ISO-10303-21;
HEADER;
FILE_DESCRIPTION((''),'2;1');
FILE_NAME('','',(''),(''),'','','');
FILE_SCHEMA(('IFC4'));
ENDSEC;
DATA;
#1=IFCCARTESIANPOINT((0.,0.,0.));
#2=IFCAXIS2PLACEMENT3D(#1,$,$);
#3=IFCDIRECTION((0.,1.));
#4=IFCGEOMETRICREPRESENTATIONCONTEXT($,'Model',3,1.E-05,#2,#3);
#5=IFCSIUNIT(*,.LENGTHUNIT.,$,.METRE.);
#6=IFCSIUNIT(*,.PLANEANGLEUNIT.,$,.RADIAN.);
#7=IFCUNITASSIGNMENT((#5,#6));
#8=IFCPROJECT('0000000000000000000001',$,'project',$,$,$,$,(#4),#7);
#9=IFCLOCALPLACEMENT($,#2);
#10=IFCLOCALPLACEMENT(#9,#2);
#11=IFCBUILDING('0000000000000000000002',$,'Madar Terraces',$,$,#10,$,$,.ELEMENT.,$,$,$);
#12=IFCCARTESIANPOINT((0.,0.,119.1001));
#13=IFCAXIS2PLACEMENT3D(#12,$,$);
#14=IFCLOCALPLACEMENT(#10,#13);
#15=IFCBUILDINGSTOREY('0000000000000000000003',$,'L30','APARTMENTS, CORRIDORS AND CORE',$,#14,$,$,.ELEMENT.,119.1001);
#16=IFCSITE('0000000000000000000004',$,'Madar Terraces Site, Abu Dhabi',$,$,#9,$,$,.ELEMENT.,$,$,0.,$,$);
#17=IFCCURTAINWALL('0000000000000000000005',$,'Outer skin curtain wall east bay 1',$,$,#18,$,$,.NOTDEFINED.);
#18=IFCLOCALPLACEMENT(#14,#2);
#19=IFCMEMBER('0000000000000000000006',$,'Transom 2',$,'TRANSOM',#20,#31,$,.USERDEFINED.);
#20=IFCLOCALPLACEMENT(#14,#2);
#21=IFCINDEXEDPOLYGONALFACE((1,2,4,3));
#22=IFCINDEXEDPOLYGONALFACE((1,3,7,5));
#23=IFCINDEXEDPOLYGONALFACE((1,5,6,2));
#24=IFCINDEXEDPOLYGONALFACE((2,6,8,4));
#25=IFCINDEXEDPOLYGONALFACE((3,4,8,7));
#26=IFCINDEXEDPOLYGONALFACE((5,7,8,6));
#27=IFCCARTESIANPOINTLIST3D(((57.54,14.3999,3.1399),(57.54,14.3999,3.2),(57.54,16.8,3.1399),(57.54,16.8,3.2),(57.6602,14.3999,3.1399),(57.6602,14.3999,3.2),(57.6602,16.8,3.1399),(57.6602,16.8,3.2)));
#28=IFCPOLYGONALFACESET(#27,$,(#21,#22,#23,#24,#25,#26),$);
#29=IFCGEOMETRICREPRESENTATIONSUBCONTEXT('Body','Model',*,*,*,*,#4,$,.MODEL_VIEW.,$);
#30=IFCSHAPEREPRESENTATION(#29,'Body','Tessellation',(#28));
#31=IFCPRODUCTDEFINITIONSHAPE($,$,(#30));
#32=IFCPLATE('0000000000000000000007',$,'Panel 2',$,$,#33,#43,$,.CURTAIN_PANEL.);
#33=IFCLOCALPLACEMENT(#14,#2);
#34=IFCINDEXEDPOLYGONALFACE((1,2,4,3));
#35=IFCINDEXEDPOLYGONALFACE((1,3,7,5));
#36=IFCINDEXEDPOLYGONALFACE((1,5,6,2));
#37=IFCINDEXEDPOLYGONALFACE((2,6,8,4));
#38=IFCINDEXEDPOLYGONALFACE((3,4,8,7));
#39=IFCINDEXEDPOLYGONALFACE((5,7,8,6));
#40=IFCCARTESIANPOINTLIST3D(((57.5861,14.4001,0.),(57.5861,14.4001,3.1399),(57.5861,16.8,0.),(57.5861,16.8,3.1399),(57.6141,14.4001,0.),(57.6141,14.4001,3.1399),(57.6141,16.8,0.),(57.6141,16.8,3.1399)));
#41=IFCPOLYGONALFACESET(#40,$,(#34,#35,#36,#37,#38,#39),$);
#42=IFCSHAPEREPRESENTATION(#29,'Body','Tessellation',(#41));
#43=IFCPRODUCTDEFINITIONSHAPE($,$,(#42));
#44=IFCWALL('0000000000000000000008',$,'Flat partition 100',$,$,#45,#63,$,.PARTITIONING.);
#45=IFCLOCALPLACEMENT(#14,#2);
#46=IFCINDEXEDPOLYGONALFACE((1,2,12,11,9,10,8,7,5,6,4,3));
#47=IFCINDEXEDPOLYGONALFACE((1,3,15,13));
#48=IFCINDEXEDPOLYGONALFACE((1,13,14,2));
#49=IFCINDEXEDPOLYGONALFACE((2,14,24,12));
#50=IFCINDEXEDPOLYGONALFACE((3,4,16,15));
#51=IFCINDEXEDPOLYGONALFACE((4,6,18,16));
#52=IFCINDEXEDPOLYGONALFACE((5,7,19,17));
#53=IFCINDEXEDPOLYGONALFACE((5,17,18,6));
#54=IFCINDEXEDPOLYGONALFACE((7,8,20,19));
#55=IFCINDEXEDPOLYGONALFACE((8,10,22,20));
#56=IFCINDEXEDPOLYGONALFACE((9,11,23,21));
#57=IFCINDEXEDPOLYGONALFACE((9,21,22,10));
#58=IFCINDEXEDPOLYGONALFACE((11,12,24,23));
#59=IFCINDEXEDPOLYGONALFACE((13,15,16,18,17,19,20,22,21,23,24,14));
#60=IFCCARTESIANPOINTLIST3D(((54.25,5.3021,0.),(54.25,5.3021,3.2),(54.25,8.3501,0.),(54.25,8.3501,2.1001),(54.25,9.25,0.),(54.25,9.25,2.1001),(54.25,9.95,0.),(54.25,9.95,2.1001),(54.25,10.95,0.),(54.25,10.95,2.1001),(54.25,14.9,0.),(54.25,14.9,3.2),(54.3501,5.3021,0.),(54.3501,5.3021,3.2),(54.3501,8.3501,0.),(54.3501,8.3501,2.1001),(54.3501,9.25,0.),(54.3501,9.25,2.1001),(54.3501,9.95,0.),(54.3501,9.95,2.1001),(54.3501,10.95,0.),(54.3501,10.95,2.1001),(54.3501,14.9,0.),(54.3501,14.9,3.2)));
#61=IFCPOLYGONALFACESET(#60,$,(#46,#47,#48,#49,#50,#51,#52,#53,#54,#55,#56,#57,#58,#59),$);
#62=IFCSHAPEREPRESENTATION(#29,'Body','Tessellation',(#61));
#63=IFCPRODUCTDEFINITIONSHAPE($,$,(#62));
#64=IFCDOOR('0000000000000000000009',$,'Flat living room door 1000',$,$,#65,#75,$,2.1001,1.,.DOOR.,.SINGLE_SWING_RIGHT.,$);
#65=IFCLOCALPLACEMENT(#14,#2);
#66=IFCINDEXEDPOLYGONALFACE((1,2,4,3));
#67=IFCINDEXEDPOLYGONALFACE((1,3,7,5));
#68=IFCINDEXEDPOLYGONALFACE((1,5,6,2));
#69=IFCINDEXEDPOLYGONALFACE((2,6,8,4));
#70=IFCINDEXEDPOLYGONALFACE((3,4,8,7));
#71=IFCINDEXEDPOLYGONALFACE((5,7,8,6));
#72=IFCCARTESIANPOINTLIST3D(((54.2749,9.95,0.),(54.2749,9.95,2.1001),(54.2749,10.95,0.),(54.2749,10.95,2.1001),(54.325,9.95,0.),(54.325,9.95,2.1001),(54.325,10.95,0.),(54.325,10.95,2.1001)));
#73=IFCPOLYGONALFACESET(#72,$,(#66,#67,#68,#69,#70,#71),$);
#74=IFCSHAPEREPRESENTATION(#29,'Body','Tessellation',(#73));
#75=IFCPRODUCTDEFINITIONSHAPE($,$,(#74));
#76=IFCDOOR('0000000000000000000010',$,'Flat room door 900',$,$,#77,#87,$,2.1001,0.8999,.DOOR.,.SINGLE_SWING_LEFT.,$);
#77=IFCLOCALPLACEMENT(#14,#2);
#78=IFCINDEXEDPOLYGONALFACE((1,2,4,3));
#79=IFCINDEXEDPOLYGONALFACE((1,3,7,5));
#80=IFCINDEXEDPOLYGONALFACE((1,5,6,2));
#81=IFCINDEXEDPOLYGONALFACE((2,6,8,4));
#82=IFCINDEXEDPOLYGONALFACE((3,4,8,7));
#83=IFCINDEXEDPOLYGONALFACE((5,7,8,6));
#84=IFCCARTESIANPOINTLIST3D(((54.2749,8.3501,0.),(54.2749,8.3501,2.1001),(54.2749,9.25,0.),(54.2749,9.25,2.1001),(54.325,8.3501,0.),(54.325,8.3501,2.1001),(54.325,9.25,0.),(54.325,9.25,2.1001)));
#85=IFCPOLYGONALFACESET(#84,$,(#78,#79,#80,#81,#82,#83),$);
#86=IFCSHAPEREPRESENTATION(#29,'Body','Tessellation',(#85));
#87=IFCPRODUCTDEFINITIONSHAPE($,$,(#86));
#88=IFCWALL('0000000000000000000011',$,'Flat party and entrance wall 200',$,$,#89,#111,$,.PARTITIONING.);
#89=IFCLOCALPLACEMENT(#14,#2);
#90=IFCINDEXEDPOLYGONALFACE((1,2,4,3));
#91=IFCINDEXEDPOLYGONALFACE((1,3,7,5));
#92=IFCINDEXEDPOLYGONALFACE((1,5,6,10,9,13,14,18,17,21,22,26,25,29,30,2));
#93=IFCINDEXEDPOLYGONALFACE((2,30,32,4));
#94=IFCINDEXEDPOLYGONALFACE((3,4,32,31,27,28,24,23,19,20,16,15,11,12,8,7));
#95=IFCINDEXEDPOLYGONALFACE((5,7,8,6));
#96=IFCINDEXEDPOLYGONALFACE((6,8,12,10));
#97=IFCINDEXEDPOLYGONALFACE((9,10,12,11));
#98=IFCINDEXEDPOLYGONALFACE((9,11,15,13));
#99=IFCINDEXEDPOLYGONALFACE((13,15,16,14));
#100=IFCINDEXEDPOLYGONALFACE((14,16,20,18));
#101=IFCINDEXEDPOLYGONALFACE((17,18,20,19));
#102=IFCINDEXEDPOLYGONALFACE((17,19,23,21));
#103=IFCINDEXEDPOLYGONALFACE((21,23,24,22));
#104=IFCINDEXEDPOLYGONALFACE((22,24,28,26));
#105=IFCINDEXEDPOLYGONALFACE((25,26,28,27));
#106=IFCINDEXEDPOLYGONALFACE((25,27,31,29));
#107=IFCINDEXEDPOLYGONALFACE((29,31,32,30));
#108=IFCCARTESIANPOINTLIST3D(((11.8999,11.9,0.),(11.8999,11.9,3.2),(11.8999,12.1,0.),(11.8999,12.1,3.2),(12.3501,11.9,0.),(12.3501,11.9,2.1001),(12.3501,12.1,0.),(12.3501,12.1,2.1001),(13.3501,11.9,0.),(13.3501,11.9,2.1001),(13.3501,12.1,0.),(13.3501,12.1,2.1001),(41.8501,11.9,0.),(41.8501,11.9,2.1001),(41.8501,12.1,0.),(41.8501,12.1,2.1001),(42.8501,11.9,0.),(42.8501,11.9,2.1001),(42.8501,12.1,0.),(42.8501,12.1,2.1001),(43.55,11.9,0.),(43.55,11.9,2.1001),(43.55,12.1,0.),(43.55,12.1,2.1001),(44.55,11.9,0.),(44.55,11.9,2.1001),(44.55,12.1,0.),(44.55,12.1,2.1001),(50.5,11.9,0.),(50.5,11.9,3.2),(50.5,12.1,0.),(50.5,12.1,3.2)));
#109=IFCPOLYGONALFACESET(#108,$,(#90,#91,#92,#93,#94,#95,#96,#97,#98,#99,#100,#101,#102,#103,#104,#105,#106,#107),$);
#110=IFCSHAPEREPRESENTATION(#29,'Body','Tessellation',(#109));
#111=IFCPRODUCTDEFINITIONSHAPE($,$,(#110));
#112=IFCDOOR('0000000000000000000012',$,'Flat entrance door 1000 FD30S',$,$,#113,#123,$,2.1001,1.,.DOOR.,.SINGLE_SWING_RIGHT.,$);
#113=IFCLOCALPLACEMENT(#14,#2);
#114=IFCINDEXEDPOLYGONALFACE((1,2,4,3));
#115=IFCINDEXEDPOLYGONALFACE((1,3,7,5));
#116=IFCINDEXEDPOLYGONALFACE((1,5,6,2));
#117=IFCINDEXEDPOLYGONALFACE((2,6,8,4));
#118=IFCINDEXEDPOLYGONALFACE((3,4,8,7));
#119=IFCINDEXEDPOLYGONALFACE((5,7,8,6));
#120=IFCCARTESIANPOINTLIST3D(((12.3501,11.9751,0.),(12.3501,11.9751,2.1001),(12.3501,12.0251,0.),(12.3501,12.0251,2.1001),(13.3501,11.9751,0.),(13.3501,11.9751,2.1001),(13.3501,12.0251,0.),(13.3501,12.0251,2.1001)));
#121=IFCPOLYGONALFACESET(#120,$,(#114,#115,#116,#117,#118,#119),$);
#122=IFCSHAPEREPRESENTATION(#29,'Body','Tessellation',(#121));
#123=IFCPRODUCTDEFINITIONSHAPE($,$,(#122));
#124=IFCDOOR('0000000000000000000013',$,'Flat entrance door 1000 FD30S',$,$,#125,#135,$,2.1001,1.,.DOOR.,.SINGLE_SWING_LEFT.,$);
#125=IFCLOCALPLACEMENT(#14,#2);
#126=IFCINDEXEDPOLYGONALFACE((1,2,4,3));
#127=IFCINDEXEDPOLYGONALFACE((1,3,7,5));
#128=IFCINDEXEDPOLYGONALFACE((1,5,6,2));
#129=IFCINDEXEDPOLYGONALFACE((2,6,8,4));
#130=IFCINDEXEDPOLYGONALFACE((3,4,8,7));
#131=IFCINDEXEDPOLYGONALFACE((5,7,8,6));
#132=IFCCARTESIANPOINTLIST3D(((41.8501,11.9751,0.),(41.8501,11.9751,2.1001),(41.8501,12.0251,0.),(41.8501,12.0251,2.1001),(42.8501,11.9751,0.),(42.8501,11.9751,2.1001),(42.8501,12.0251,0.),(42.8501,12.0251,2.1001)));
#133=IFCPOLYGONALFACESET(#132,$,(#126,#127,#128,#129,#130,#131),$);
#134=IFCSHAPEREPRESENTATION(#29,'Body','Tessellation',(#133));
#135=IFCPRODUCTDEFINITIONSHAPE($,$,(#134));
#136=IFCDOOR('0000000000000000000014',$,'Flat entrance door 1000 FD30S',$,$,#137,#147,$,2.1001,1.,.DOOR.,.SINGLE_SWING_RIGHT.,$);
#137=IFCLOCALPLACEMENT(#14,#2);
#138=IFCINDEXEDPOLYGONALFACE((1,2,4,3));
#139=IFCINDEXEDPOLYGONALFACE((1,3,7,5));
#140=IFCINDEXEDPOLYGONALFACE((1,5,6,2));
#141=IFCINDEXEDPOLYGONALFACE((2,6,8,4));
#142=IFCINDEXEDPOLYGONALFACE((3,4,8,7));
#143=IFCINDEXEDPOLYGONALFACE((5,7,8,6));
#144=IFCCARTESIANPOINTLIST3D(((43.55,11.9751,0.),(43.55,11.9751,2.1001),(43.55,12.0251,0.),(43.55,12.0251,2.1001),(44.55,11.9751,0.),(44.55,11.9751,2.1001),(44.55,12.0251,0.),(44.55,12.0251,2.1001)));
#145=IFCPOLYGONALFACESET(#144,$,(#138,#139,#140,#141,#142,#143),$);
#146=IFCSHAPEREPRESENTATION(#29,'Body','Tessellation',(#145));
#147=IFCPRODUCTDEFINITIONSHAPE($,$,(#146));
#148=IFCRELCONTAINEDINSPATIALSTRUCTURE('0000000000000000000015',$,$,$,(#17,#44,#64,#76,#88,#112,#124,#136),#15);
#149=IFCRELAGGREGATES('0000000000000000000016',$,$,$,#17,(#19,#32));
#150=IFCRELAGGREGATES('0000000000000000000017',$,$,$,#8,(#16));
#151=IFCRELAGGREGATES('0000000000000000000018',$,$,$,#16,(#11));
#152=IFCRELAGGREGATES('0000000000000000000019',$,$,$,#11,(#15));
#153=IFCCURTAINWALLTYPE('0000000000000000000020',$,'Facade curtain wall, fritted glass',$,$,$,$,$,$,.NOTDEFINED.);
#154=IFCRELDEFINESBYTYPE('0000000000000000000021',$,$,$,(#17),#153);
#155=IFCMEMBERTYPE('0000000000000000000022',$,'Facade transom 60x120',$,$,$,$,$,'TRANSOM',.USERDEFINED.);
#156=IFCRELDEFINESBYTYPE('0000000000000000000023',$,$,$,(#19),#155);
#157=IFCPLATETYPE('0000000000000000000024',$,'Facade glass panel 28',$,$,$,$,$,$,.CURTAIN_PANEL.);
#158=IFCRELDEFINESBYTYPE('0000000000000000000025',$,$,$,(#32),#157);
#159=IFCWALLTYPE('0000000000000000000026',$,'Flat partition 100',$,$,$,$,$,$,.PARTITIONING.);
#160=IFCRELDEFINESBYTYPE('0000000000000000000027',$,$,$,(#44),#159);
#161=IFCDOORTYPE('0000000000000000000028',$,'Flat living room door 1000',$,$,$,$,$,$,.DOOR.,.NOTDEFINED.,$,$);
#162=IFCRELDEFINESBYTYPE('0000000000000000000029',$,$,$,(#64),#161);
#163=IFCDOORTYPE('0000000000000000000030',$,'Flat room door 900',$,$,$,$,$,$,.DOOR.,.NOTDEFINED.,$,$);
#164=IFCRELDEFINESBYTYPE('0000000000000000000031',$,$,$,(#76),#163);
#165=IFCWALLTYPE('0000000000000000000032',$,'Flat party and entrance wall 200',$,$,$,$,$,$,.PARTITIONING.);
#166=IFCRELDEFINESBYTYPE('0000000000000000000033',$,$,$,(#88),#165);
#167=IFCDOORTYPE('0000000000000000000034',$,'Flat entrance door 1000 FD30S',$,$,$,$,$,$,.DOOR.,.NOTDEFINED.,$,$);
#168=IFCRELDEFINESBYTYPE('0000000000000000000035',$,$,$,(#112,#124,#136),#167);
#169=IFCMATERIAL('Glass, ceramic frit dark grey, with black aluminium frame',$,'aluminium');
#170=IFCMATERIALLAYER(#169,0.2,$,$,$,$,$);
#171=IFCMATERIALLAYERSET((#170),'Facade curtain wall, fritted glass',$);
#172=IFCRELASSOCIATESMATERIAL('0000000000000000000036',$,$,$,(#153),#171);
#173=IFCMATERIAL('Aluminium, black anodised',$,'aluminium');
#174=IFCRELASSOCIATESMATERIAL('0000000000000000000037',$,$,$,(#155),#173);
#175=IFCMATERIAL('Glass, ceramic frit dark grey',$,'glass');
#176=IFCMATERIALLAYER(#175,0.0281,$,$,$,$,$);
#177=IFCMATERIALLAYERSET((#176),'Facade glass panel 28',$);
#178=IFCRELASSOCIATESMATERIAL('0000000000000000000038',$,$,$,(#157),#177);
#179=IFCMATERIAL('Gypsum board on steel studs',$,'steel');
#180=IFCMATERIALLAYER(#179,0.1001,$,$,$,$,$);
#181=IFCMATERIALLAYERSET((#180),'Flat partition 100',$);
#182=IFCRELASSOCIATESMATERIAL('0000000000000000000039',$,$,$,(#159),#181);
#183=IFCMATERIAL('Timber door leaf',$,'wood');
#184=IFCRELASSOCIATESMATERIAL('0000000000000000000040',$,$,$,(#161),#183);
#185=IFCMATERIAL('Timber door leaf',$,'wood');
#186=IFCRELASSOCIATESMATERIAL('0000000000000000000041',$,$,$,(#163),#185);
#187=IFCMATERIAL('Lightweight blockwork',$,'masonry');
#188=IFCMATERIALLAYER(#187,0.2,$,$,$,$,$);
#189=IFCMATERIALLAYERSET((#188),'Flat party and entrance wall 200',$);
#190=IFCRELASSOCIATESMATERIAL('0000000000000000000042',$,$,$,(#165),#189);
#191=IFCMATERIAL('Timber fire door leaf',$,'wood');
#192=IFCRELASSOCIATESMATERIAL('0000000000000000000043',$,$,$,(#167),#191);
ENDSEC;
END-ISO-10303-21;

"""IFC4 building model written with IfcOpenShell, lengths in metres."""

from ifc_helpers import new_model, si_unit, direction, frame, frame_2d, origin, origin_2d, place, context, subcontext, project, spatial, rectangle, extrude, material, layer, layer_set, material_profile, profile_set, type_object, element, fill, aggregate, save


model = new_model("IFC4")

# Units and contexts
model_context = context("Model", 3, precision=1e-05, world=origin(), true_north=direction((0.0, 1.0)))
body_context = subcontext(model_context, "Body", "Model", "MODEL_VIEW")
ifc_project = project(units=[si_unit("LENGTHUNIT", "METRE"), si_unit("PLANEANGLEUNIT", "RADIAN")], contexts=[model_context])

# Site, building, storey
site_placement = place(None, origin())
site = spatial("IfcSite", under=ifc_project, at=site_placement, Name="Madar Terraces Site, Abu Dhabi", CompositionType="ELEMENT", RefElevation=0.0)
building_placement = place(site_placement, origin())
building = spatial("IfcBuilding", under=site, at=building_placement, Name="Madar Terraces", CompositionType="ELEMENT")
storey_placement = place(building_placement, frame((0.0, 0.0, 119.1001)))
storey = spatial("IfcBuildingStorey", under=building, at=storey_placement, Name="L30", Description="APARTMENTS, CORRIDORS AND CORE", CompositionType="ELEMENT", Elevation=119.1001)

# Curtain wall, member, plate
ifc_material_1 = material(Name="Glass, ceramic frit dark grey, with black aluminium frame", Category="aluminium")
ifc_layer_1 = layer(ifc_material_1, 0.2)
ifc_layer_set_1 = layer_set([ifc_layer_1], Name="Facade curtain wall, fritted glass")
curtain_wall_type = type_object("IfcCurtainWallType", Name="Facade curtain wall, fritted glass", PredefinedType="NOTDEFINED", material=ifc_layer_set_1)
curtain_wall_placement = place(storey_placement, origin())
curtain_wall = element("IfcCurtainWall", 1, at=curtain_wall_placement, inside=storey, type_object=curtain_wall_type, Name="Outer skin curtain wall east bay 1", PredefinedType="NOTDEFINED")
ifc_material_2 = material(Name="Aluminium, black anodised", Category="aluminium")
ifc_material_profile = material_profile(ifc_material_2, rectangle(XDim=0.1201, YDim=0.0601, at=origin_2d()), Name="Facade transom 60x120")
ifc_profile_set = profile_set([ifc_material_profile], Name="Aluminium, black anodised")
member_type = type_object("IfcMemberType", Name="Facade transom 60x120", ElementType="TRANSOM", PredefinedType="USERDEFINED", material=ifc_profile_set)
member_placement = place(storey_placement, frame((57.6001, 14.3999, 3.1699), z_axis=(0.0, 1.0, 0.0), x_axis=(-1.0, 0.0, 0.0)))
member = element("IfcMember", 2, at=member_placement, type_object=member_type, Name="Transom 2", ObjectType="TRANSOM", PredefinedType="USERDEFINED", context=body_context, shape_type="SweptSolid", body=[
    extrude(rectangle(XDim=0.1201, YDim=0.0601, at=origin_2d()), origin(), (0.0, 0.0, 1.0), 2.4001),
])
ifc_material_3 = material(Name="Glass, ceramic frit dark grey", Category="glass")
ifc_layer_2 = layer(ifc_material_3, 0.0281)
ifc_layer_set_2 = layer_set([ifc_layer_2], Name="Facade glass panel 28")
plate_type = type_object("IfcPlateType", Name="Facade glass panel 28", PredefinedType="CURTAIN_PANEL", material=ifc_layer_set_2)
plate_placement = place(storey_placement, frame((57.6001, 15.6001, 0.0), z_axis=(0.0, 0.0, 1.0), x_axis=(0.0, 1.0, 0.0)))
plate = element("IfcPlate", 3, at=plate_placement, type_object=plate_type, Name="Panel 2", PredefinedType="CURTAIN_PANEL", context=body_context, shape_type="SweptSolid", body=[
    extrude(rectangle(XDim=2.3999, YDim=0.0281, at=origin_2d()), origin(), (0.0, 0.0, 1.0), 3.1399),
])
aggregate(curtain_wall, [member, plate])

# Walls, openings, doors
ifc_material_4 = material(Name="Gypsum board on steel studs", Category="steel")
ifc_layer_3 = layer(ifc_material_4, 0.1001)
ifc_layer_set_3 = layer_set([ifc_layer_3], Name="Flat partition 100")
wall_type_1 = type_object("IfcWallType", Name="Flat partition 100", PredefinedType="PARTITIONING", material=ifc_layer_set_3)
wall_1_placement = place(storey_placement, frame((54.3, 14.8999, 0.0), z_axis=(0.0, 0.0, 1.0), x_axis=(0.0, -1.0, 0.0)))
wall_1 = element("IfcWall", 4, at=wall_1_placement, inside=storey, type_object=wall_type_1, Name="Flat partition 100", PredefinedType="PARTITIONING", context=body_context, shape_type="SweptSolid", body=[
    extrude(rectangle(XDim=9.5979, YDim=0.1001, at=frame_2d((4.7988, 0.0))), origin(), (0.0, 0.0, 1.0), 3.2),
])
opening_1_placement = place(wall_1_placement, frame((3.95, 0.0, 0.0)))
opening_1 = element("IfcOpeningElement", 5, at=opening_1_placement, cuts=wall_1, PredefinedType="OPENING", context=body_context, shape_type="SweptSolid", body=[
    extrude(rectangle(XDim=1.0, YDim=2.1001, at=frame_2d((0.5, 1.05))), frame((0.0, 0.0601, 0.0), z_axis=(0.0, -1.0, 0.0), x_axis=(1.0, 0.0, 0.0)), (0.0, 0.0, 1.0), 0.1201),
])
opening_2_placement = place(wall_1_placement, frame((5.6499, 0.0, 0.0)))
opening_2 = element("IfcOpeningElement", 6, at=opening_2_placement, cuts=wall_1, PredefinedType="OPENING", context=body_context, shape_type="SweptSolid", body=[
    extrude(rectangle(XDim=0.8999, YDim=2.1001, at=frame_2d((0.45, 1.05))), frame((0.0, 0.0601, 0.0), z_axis=(0.0, -1.0, 0.0), x_axis=(1.0, 0.0, 0.0)), (0.0, 0.0, 1.0), 0.1201),
])
ifc_material_5 = material(Name="Timber door leaf", Category="wood")
door_type_1 = type_object("IfcDoorType", Name="Flat living room door 1000", OperationType="NOTDEFINED", PredefinedType="DOOR", material=ifc_material_5)
door_1_placement = place(opening_1_placement, origin())
door_1 = element("IfcDoor", 7, at=door_1_placement, inside=storey, type_object=door_type_1, Name="Flat living room door 1000", OperationType="SINGLE_SWING_RIGHT", OverallHeight=2.1001, OverallWidth=1.0, PredefinedType="DOOR", context=body_context, shape_type="SweptSolid", body=[
    extrude(rectangle(XDim=1.0, YDim=2.1001, at=frame_2d((0.5, 1.05))), frame((0.0, 0.0249, 0.0), z_axis=(0.0, -1.0, 0.0), x_axis=(1.0, 0.0, 0.0)), (0.0, 0.0, 1.0), 0.05),
])
fill(opening_1, door_1)
ifc_material_6 = material(Name="Timber door leaf", Category="wood")
door_type_2 = type_object("IfcDoorType", Name="Flat room door 900", OperationType="NOTDEFINED", PredefinedType="DOOR", material=ifc_material_6)
door_2_placement = place(opening_2_placement, origin())
door_2 = element("IfcDoor", 8, at=door_2_placement, inside=storey, type_object=door_type_2, Name="Flat room door 900", OperationType="SINGLE_SWING_LEFT", OverallHeight=2.1001, OverallWidth=0.8999, PredefinedType="DOOR", context=body_context, shape_type="SweptSolid", body=[
    extrude(rectangle(XDim=0.8999, YDim=2.1001, at=frame_2d((0.45, 1.05))), frame((0.0, 0.0249, 0.0), z_axis=(0.0, -1.0, 0.0), x_axis=(1.0, 0.0, 0.0)), (0.0, 0.0, 1.0), 0.05),
])
fill(opening_2, door_2)
ifc_material_7 = material(Name="Lightweight blockwork", Category="masonry")
ifc_layer_4 = layer(ifc_material_7, 0.2)
ifc_layer_set_4 = layer_set([ifc_layer_4], Name="Flat party and entrance wall 200")
wall_type_2 = type_object("IfcWallType", Name="Flat party and entrance wall 200", PredefinedType="PARTITIONING", material=ifc_layer_set_4)
wall_2_placement = place(storey_placement, frame((50.5, 12.0, 0.0), z_axis=(0.0, 0.0, 1.0), x_axis=(-1.0, 0.0, 0.0)))
wall_2 = element("IfcWall", 9, at=wall_2_placement, inside=storey, type_object=wall_type_2, Name="Flat party and entrance wall 200", PredefinedType="PARTITIONING", context=body_context, shape_type="SweptSolid", body=[
    extrude(rectangle(XDim=38.6001, YDim=0.2, at=frame_2d((19.3, 0.0))), origin(), (0.0, 0.0, 1.0), 3.2),
])
opening_3_placement = place(wall_2_placement, frame((37.1499, 0.0, 0.0)))
opening_3 = element("IfcOpeningElement", 10, at=opening_3_placement, cuts=wall_2, PredefinedType="OPENING", context=body_context, shape_type="SweptSolid", body=[
    extrude(rectangle(XDim=1.0, YDim=2.1001, at=frame_2d((0.5, 1.05))), frame((0.0, 0.1099, 0.0), z_axis=(0.0, -1.0, 0.0), x_axis=(1.0, 0.0, 0.0)), (0.0, 0.0, 1.0), 0.22),
])
opening_4_placement = place(wall_2_placement, frame((7.6499, 0.0, 0.0)))
opening_4 = element("IfcOpeningElement", 11, at=opening_4_placement, cuts=wall_2, PredefinedType="OPENING", context=body_context, shape_type="SweptSolid", body=[
    extrude(rectangle(XDim=1.0, YDim=2.1001, at=frame_2d((0.5, 1.05))), frame((0.0, 0.1099, 0.0), z_axis=(0.0, -1.0, 0.0), x_axis=(1.0, 0.0, 0.0)), (0.0, 0.0, 1.0), 0.22),
])
opening_5_placement = place(wall_2_placement, frame((5.95, 0.0, 0.0)))
opening_5 = element("IfcOpeningElement", 12, at=opening_5_placement, cuts=wall_2, PredefinedType="OPENING", context=body_context, shape_type="SweptSolid", body=[
    extrude(rectangle(XDim=1.0, YDim=2.1001, at=frame_2d((0.5, 1.05))), frame((0.0, 0.1099, 0.0), z_axis=(0.0, -1.0, 0.0), x_axis=(1.0, 0.0, 0.0)), (0.0, 0.0, 1.0), 0.22),
])
ifc_material_8 = material(Name="Timber fire door leaf", Category="wood")
door_type_3 = type_object("IfcDoorType", Name="Flat entrance door 1000 FD30S", OperationType="NOTDEFINED", PredefinedType="DOOR", material=ifc_material_8)
door_3_placement = place(opening_3_placement, origin())
door_3 = element("IfcDoor", 13, at=door_3_placement, inside=storey, type_object=door_type_3, Name="Flat entrance door 1000 FD30S", OperationType="SINGLE_SWING_RIGHT", OverallHeight=2.1001, OverallWidth=1.0, PredefinedType="DOOR", context=body_context, shape_type="SweptSolid", body=[
    extrude(rectangle(XDim=1.0, YDim=2.1001, at=frame_2d((0.5, 1.05))), frame((0.0, 0.0249, 0.0), z_axis=(0.0, -1.0, 0.0), x_axis=(1.0, 0.0, 0.0)), (0.0, 0.0, 1.0), 0.05),
])
fill(opening_3, door_3)
door_4_placement = place(opening_4_placement, origin())
door_4 = element("IfcDoor", 14, at=door_4_placement, inside=storey, type_object=door_type_3, Name="Flat entrance door 1000 FD30S", OperationType="SINGLE_SWING_LEFT", OverallHeight=2.1001, OverallWidth=1.0, PredefinedType="DOOR", context=body_context, shape_type="SweptSolid", body=[
    extrude(rectangle(XDim=1.0, YDim=2.1001, at=frame_2d((0.5, 1.05))), frame((0.0, 0.0249, 0.0), z_axis=(0.0, -1.0, 0.0), x_axis=(1.0, 0.0, 0.0)), (0.0, 0.0, 1.0), 0.05),
])
fill(opening_4, door_4)
door_5_placement = place(opening_5_placement, origin())
door_5 = element("IfcDoor", 15, at=door_5_placement, inside=storey, type_object=door_type_3, Name="Flat entrance door 1000 FD30S", OperationType="SINGLE_SWING_RIGHT", OverallHeight=2.1001, OverallWidth=1.0, PredefinedType="DOOR", context=body_context, shape_type="SweptSolid", body=[
    extrude(rectangle(XDim=1.0, YDim=2.1001, at=frame_2d((0.5, 1.05))), frame((0.0, 0.0249, 0.0), z_axis=(0.0, -1.0, 0.0), x_axis=(1.0, 0.0, 0.0)), (0.0, 0.0, 1.0), 0.05),
])
fill(opening_5, door_5)

save(model, "model.ifc")
